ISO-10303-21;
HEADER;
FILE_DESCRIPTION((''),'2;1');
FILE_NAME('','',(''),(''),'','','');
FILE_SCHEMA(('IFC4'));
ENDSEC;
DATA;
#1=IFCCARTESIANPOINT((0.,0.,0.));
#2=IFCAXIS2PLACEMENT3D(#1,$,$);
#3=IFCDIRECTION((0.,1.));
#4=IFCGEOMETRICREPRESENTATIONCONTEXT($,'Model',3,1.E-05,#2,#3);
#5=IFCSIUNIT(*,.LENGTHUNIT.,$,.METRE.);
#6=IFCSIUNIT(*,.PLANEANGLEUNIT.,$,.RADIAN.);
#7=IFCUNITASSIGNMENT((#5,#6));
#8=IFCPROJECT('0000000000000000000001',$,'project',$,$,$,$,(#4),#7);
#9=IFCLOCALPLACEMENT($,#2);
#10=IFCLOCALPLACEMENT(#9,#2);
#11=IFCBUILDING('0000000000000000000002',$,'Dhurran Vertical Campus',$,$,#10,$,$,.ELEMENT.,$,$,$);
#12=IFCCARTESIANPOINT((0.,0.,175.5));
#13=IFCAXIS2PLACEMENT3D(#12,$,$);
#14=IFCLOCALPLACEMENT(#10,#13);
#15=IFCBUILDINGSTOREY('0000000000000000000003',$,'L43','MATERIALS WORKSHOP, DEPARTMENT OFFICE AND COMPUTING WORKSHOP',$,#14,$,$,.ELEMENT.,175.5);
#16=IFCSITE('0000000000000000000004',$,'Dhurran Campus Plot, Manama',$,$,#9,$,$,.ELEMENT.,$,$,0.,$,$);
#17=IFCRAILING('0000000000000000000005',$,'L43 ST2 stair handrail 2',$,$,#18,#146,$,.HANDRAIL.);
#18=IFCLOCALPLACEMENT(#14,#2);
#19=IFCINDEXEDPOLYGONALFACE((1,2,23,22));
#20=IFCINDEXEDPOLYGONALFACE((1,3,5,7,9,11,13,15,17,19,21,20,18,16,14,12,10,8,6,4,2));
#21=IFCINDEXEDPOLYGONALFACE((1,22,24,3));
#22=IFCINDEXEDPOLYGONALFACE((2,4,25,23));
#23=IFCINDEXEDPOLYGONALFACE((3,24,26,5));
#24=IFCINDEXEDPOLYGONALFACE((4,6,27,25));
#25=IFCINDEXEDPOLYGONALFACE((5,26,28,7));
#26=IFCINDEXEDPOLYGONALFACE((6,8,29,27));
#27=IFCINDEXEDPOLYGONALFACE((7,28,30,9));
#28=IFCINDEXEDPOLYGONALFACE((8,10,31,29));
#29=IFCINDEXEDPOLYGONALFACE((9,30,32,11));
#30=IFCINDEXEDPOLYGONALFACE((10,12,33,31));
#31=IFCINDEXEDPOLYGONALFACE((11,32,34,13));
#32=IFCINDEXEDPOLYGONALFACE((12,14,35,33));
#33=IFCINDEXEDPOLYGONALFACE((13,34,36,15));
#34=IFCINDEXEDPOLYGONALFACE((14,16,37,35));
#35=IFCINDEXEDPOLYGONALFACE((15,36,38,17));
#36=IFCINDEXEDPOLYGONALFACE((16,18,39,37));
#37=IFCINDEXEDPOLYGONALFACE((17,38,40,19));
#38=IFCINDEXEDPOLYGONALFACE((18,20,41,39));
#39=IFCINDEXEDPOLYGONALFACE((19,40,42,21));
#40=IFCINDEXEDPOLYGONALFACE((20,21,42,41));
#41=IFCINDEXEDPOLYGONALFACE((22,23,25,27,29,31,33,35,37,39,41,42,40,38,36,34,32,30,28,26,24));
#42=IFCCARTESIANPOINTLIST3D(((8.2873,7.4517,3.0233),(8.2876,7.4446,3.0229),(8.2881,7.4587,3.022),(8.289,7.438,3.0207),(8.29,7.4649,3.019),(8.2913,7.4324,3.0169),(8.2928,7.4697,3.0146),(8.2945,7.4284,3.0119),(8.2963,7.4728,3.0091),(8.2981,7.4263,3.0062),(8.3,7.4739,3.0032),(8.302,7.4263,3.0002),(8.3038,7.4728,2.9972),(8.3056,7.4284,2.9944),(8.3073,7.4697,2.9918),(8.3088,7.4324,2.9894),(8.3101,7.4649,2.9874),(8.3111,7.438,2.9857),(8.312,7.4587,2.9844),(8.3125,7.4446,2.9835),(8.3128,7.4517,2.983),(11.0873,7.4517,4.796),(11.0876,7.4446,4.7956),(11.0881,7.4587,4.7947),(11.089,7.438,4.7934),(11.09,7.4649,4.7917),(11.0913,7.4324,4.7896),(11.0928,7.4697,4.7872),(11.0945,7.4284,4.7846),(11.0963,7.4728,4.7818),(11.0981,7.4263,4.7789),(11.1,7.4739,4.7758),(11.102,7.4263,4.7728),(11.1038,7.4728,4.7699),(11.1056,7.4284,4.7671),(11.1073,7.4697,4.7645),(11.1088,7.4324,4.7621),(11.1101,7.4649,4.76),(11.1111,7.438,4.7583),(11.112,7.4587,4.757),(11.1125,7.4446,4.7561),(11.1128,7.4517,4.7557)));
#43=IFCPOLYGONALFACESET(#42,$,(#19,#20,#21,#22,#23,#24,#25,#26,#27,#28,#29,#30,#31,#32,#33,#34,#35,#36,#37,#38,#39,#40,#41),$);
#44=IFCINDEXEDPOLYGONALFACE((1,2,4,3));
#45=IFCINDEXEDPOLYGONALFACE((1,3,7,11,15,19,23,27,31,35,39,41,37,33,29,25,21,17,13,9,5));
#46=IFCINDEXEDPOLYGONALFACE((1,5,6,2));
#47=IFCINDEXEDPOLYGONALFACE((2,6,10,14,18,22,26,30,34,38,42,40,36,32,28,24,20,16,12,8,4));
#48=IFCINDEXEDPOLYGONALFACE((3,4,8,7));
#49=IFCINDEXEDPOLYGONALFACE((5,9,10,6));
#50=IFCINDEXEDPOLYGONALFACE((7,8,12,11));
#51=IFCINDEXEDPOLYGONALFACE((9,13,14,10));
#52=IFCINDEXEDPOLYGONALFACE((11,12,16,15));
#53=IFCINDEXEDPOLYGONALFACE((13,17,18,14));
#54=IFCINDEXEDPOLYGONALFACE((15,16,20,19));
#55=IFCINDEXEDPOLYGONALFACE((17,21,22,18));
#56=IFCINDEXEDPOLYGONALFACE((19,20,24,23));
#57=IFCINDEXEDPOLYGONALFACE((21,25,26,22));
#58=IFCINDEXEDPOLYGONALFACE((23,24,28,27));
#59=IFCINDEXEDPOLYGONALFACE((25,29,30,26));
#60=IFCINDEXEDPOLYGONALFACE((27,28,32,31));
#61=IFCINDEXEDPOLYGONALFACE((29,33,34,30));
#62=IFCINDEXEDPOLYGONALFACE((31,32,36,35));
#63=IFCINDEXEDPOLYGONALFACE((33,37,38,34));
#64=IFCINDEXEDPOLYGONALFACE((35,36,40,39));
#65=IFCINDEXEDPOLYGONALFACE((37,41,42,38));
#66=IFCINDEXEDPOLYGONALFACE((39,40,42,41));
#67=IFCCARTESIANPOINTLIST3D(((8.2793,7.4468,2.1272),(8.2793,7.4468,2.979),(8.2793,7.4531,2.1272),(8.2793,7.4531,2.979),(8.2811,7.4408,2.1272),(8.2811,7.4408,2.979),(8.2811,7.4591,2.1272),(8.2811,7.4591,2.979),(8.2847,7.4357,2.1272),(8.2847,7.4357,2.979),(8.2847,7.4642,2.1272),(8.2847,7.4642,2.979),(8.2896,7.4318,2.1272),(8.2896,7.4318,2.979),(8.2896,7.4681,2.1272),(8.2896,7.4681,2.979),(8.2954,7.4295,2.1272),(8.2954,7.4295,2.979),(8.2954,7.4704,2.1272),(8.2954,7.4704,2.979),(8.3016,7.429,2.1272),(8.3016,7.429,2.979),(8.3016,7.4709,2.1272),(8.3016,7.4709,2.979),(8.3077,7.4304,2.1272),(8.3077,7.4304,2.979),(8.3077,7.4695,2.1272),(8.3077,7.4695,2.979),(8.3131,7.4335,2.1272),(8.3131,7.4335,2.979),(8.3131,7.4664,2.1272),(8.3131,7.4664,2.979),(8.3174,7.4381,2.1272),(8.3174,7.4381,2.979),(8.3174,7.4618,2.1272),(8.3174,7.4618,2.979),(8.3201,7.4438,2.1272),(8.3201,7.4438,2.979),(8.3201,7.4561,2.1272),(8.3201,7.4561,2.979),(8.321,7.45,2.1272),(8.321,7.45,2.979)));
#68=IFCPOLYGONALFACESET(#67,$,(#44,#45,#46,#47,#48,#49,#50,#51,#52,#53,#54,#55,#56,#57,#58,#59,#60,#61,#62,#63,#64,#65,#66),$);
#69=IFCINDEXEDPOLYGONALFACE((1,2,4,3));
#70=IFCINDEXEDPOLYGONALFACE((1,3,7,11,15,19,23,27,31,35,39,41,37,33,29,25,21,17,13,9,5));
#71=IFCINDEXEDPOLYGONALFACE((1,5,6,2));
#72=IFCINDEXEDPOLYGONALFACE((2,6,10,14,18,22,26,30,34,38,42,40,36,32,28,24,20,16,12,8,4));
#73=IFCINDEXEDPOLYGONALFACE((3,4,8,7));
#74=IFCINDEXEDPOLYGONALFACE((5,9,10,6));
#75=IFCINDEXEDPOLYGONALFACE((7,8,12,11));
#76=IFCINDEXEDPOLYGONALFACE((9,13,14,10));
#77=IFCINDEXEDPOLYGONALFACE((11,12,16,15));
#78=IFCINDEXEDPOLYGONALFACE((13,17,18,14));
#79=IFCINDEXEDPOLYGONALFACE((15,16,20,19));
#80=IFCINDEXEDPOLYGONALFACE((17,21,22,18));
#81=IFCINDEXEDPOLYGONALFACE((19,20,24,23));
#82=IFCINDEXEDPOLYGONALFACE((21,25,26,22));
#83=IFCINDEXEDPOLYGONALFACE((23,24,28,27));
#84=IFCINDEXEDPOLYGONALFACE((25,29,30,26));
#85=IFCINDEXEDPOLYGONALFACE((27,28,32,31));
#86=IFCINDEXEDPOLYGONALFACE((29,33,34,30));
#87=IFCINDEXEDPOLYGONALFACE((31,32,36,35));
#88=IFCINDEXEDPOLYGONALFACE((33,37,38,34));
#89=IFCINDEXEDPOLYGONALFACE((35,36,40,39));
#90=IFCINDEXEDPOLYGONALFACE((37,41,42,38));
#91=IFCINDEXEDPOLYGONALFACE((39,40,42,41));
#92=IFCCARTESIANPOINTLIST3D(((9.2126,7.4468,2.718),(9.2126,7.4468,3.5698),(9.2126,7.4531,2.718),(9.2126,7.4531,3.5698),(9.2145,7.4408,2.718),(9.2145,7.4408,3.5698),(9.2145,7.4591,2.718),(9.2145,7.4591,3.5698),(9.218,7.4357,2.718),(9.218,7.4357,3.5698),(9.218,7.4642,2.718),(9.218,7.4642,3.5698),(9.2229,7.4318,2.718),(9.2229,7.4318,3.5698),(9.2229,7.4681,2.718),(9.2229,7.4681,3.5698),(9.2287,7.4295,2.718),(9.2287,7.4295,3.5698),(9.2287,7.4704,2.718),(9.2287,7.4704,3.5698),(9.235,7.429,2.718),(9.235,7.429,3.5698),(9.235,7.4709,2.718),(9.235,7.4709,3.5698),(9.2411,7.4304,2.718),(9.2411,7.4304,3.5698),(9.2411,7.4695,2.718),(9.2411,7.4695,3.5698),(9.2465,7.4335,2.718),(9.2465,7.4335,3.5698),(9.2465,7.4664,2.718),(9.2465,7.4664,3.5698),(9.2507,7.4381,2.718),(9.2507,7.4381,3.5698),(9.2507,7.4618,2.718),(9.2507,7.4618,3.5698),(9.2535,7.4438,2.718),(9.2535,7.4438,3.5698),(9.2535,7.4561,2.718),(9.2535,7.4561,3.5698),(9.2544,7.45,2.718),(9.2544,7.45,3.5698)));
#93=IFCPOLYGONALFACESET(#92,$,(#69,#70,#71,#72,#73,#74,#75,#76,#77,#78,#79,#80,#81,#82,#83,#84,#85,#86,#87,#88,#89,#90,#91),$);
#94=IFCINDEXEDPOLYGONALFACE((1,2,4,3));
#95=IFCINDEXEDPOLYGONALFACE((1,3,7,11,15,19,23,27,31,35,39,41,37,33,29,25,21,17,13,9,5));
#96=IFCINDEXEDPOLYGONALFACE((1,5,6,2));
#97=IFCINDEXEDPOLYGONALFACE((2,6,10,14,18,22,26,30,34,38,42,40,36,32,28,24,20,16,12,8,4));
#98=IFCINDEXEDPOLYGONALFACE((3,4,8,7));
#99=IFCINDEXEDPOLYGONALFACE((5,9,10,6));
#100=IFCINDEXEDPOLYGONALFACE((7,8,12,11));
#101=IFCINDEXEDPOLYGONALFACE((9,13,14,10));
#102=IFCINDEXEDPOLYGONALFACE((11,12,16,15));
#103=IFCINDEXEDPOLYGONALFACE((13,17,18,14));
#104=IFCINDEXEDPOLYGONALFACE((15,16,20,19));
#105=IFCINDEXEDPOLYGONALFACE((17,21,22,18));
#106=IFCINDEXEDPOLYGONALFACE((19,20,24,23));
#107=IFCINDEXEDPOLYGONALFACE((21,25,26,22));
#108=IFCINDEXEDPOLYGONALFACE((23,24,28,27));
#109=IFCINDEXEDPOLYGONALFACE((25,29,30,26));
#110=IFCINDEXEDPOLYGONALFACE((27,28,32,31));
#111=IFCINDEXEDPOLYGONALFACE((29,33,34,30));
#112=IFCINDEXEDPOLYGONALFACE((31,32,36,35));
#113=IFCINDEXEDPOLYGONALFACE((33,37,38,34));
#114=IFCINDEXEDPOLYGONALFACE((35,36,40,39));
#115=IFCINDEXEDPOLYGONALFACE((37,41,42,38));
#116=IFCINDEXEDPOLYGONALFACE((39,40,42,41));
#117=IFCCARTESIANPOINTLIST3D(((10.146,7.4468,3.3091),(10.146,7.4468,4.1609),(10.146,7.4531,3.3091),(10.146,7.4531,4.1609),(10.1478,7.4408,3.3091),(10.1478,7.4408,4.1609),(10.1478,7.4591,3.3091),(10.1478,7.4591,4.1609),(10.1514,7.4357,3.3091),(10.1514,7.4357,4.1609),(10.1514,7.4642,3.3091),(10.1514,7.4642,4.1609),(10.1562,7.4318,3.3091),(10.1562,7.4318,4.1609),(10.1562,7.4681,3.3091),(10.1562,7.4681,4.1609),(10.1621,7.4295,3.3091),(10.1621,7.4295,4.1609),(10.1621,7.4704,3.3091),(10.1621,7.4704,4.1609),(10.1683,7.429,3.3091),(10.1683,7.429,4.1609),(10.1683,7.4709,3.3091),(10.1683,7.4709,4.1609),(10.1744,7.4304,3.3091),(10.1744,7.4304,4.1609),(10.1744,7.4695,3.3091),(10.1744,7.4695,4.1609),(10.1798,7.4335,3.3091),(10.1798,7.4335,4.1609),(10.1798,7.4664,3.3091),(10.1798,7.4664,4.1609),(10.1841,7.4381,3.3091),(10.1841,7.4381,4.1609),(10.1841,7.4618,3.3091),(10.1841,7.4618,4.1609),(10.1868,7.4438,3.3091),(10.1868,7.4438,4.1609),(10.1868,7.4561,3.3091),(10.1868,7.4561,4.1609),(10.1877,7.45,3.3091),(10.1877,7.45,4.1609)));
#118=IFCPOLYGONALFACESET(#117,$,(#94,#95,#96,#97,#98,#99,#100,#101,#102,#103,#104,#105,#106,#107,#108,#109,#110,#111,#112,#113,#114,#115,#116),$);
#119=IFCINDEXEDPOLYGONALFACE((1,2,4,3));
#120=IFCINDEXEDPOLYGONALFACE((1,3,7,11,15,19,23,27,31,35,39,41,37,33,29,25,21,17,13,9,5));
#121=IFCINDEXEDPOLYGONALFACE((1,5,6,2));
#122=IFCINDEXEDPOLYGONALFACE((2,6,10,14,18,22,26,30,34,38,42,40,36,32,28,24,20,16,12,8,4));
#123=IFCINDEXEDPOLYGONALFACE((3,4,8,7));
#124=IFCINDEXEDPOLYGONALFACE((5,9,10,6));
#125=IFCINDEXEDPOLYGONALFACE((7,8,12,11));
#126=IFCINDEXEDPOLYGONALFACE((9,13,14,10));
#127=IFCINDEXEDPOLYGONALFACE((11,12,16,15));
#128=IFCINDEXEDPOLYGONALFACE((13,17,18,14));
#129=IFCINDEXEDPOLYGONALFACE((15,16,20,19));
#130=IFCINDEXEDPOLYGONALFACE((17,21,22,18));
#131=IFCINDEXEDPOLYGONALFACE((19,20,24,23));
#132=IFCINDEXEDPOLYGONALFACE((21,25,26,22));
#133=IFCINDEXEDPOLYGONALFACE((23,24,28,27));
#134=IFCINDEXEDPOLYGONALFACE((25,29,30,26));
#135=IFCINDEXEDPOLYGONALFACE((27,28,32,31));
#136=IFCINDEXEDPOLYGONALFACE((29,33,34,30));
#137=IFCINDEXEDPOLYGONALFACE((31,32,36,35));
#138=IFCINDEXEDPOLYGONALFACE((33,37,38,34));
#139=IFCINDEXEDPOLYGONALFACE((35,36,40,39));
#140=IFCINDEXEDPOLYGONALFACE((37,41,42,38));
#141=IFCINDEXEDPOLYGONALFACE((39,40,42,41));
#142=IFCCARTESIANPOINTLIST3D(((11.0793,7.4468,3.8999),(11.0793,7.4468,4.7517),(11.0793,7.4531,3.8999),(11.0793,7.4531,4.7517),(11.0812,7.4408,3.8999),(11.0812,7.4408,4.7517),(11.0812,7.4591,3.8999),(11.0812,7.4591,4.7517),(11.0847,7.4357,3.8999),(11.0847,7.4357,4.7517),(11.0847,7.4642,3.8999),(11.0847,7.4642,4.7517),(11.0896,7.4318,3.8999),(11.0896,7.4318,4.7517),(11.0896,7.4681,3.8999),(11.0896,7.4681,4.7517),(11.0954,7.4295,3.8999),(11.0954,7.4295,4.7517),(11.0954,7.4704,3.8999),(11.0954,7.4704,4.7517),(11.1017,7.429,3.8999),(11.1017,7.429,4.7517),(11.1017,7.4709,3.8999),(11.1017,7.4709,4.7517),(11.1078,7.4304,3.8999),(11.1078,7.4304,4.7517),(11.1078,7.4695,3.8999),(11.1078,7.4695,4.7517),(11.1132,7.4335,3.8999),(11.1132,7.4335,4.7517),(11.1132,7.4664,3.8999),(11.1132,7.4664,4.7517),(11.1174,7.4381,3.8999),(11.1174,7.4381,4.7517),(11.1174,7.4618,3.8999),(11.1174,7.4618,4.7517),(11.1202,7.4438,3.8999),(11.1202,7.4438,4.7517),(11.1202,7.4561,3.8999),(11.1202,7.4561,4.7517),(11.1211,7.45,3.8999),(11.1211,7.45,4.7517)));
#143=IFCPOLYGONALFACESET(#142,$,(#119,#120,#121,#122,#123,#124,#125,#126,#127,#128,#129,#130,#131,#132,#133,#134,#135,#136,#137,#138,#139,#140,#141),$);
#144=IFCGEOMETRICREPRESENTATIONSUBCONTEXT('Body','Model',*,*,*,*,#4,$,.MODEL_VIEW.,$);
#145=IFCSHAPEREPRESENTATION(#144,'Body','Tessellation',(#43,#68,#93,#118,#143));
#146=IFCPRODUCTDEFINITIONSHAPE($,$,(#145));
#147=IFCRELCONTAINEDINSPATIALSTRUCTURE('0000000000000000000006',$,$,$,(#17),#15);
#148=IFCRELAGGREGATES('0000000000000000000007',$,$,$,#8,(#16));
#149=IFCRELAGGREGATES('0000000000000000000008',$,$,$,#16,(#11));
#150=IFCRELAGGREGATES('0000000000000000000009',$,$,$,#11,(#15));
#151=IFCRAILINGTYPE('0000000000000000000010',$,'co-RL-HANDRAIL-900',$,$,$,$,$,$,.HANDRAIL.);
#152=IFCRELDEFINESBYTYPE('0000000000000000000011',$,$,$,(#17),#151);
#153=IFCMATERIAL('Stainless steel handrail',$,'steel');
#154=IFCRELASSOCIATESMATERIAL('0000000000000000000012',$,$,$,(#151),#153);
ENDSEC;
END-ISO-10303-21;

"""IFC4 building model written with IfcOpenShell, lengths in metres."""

from ifc_helpers import new_model, si_unit, direction, frame, origin, origin_2d, place, context, subcontext, project, spatial, circle, extrude, material, type_object, element, save


model = new_model("IFC4")

# Units and contexts
model_context = context("Model", 3, precision=1e-05, world=origin(), true_north=direction((0.0, 1.0)))
body_context = subcontext(model_context, "Body", "Model", "MODEL_VIEW")
ifc_project = project(units=[si_unit("LENGTHUNIT", "METRE"), si_unit("PLANEANGLEUNIT", "RADIAN")], contexts=[model_context])

# Site, building, storey
site_placement = place(None, origin())
site = spatial("IfcSite", under=ifc_project, at=site_placement, Name="Dhurran Campus Plot, Manama", CompositionType="ELEMENT", RefElevation=0.0)
building_placement = place(site_placement, origin())
building = spatial("IfcBuilding", under=site, at=building_placement, Name="Dhurran Vertical Campus", CompositionType="ELEMENT")
storey_placement = place(building_placement, frame((0.0, 0.0, 175.5)))
storey = spatial("IfcBuildingStorey", under=building, at=storey_placement, Name="L43", Description="MATERIALS WORKSHOP, DEPARTMENT OFFICE AND COMPUTING WORKSHOP", CompositionType="ELEMENT", Elevation=175.5)

# Railing
ifc_material_1 = material(Name="Stainless steel handrail", Category="steel")
railing_type_1 = type_object("IfcRailingType", Name="co-RL-HANDRAIL-900", PredefinedType="HANDRAIL", material=ifc_material_1)
railing_1_placement = place(storey_placement, frame((8.3, 7.45, 2.1272)))
element("IfcRailing", 1, at=railing_1_placement, inside=storey, type_object=railing_type_1, Name="L43 ST2 stair handrail 2", PredefinedType="HANDRAIL", context=body_context, shape_type="SweptSolid", body=[
    extrude(circle(Radius=0.0239, at=origin_2d()), frame((0.0, 0.0, 0.876), z_axis=(0.844909, 0.0, 0.53491), x_axis=(0.0, 1.0, 0.0)), (0.0, 0.0, 1.0), 3.314),
    extrude(circle(Radius=0.021, at=origin_2d()), origin(), (0.0, 0.0, 1.0), 0.8518),
    extrude(circle(Radius=0.021, at=origin_2d()), frame((0.9333, 0.0, 0.5908)), (0.0, 0.0, 1.0), 0.8518),
    extrude(circle(Radius=0.021, at=origin_2d()), frame((1.8667, 0.0, 1.1819)), (0.0, 0.0, 1.0), 0.8518),
    extrude(circle(Radius=0.021, at=origin_2d()), frame((2.8, 0.0, 1.7727)), (0.0, 0.0, 1.0), 0.8518),
])

save(model, "model.ifc")
